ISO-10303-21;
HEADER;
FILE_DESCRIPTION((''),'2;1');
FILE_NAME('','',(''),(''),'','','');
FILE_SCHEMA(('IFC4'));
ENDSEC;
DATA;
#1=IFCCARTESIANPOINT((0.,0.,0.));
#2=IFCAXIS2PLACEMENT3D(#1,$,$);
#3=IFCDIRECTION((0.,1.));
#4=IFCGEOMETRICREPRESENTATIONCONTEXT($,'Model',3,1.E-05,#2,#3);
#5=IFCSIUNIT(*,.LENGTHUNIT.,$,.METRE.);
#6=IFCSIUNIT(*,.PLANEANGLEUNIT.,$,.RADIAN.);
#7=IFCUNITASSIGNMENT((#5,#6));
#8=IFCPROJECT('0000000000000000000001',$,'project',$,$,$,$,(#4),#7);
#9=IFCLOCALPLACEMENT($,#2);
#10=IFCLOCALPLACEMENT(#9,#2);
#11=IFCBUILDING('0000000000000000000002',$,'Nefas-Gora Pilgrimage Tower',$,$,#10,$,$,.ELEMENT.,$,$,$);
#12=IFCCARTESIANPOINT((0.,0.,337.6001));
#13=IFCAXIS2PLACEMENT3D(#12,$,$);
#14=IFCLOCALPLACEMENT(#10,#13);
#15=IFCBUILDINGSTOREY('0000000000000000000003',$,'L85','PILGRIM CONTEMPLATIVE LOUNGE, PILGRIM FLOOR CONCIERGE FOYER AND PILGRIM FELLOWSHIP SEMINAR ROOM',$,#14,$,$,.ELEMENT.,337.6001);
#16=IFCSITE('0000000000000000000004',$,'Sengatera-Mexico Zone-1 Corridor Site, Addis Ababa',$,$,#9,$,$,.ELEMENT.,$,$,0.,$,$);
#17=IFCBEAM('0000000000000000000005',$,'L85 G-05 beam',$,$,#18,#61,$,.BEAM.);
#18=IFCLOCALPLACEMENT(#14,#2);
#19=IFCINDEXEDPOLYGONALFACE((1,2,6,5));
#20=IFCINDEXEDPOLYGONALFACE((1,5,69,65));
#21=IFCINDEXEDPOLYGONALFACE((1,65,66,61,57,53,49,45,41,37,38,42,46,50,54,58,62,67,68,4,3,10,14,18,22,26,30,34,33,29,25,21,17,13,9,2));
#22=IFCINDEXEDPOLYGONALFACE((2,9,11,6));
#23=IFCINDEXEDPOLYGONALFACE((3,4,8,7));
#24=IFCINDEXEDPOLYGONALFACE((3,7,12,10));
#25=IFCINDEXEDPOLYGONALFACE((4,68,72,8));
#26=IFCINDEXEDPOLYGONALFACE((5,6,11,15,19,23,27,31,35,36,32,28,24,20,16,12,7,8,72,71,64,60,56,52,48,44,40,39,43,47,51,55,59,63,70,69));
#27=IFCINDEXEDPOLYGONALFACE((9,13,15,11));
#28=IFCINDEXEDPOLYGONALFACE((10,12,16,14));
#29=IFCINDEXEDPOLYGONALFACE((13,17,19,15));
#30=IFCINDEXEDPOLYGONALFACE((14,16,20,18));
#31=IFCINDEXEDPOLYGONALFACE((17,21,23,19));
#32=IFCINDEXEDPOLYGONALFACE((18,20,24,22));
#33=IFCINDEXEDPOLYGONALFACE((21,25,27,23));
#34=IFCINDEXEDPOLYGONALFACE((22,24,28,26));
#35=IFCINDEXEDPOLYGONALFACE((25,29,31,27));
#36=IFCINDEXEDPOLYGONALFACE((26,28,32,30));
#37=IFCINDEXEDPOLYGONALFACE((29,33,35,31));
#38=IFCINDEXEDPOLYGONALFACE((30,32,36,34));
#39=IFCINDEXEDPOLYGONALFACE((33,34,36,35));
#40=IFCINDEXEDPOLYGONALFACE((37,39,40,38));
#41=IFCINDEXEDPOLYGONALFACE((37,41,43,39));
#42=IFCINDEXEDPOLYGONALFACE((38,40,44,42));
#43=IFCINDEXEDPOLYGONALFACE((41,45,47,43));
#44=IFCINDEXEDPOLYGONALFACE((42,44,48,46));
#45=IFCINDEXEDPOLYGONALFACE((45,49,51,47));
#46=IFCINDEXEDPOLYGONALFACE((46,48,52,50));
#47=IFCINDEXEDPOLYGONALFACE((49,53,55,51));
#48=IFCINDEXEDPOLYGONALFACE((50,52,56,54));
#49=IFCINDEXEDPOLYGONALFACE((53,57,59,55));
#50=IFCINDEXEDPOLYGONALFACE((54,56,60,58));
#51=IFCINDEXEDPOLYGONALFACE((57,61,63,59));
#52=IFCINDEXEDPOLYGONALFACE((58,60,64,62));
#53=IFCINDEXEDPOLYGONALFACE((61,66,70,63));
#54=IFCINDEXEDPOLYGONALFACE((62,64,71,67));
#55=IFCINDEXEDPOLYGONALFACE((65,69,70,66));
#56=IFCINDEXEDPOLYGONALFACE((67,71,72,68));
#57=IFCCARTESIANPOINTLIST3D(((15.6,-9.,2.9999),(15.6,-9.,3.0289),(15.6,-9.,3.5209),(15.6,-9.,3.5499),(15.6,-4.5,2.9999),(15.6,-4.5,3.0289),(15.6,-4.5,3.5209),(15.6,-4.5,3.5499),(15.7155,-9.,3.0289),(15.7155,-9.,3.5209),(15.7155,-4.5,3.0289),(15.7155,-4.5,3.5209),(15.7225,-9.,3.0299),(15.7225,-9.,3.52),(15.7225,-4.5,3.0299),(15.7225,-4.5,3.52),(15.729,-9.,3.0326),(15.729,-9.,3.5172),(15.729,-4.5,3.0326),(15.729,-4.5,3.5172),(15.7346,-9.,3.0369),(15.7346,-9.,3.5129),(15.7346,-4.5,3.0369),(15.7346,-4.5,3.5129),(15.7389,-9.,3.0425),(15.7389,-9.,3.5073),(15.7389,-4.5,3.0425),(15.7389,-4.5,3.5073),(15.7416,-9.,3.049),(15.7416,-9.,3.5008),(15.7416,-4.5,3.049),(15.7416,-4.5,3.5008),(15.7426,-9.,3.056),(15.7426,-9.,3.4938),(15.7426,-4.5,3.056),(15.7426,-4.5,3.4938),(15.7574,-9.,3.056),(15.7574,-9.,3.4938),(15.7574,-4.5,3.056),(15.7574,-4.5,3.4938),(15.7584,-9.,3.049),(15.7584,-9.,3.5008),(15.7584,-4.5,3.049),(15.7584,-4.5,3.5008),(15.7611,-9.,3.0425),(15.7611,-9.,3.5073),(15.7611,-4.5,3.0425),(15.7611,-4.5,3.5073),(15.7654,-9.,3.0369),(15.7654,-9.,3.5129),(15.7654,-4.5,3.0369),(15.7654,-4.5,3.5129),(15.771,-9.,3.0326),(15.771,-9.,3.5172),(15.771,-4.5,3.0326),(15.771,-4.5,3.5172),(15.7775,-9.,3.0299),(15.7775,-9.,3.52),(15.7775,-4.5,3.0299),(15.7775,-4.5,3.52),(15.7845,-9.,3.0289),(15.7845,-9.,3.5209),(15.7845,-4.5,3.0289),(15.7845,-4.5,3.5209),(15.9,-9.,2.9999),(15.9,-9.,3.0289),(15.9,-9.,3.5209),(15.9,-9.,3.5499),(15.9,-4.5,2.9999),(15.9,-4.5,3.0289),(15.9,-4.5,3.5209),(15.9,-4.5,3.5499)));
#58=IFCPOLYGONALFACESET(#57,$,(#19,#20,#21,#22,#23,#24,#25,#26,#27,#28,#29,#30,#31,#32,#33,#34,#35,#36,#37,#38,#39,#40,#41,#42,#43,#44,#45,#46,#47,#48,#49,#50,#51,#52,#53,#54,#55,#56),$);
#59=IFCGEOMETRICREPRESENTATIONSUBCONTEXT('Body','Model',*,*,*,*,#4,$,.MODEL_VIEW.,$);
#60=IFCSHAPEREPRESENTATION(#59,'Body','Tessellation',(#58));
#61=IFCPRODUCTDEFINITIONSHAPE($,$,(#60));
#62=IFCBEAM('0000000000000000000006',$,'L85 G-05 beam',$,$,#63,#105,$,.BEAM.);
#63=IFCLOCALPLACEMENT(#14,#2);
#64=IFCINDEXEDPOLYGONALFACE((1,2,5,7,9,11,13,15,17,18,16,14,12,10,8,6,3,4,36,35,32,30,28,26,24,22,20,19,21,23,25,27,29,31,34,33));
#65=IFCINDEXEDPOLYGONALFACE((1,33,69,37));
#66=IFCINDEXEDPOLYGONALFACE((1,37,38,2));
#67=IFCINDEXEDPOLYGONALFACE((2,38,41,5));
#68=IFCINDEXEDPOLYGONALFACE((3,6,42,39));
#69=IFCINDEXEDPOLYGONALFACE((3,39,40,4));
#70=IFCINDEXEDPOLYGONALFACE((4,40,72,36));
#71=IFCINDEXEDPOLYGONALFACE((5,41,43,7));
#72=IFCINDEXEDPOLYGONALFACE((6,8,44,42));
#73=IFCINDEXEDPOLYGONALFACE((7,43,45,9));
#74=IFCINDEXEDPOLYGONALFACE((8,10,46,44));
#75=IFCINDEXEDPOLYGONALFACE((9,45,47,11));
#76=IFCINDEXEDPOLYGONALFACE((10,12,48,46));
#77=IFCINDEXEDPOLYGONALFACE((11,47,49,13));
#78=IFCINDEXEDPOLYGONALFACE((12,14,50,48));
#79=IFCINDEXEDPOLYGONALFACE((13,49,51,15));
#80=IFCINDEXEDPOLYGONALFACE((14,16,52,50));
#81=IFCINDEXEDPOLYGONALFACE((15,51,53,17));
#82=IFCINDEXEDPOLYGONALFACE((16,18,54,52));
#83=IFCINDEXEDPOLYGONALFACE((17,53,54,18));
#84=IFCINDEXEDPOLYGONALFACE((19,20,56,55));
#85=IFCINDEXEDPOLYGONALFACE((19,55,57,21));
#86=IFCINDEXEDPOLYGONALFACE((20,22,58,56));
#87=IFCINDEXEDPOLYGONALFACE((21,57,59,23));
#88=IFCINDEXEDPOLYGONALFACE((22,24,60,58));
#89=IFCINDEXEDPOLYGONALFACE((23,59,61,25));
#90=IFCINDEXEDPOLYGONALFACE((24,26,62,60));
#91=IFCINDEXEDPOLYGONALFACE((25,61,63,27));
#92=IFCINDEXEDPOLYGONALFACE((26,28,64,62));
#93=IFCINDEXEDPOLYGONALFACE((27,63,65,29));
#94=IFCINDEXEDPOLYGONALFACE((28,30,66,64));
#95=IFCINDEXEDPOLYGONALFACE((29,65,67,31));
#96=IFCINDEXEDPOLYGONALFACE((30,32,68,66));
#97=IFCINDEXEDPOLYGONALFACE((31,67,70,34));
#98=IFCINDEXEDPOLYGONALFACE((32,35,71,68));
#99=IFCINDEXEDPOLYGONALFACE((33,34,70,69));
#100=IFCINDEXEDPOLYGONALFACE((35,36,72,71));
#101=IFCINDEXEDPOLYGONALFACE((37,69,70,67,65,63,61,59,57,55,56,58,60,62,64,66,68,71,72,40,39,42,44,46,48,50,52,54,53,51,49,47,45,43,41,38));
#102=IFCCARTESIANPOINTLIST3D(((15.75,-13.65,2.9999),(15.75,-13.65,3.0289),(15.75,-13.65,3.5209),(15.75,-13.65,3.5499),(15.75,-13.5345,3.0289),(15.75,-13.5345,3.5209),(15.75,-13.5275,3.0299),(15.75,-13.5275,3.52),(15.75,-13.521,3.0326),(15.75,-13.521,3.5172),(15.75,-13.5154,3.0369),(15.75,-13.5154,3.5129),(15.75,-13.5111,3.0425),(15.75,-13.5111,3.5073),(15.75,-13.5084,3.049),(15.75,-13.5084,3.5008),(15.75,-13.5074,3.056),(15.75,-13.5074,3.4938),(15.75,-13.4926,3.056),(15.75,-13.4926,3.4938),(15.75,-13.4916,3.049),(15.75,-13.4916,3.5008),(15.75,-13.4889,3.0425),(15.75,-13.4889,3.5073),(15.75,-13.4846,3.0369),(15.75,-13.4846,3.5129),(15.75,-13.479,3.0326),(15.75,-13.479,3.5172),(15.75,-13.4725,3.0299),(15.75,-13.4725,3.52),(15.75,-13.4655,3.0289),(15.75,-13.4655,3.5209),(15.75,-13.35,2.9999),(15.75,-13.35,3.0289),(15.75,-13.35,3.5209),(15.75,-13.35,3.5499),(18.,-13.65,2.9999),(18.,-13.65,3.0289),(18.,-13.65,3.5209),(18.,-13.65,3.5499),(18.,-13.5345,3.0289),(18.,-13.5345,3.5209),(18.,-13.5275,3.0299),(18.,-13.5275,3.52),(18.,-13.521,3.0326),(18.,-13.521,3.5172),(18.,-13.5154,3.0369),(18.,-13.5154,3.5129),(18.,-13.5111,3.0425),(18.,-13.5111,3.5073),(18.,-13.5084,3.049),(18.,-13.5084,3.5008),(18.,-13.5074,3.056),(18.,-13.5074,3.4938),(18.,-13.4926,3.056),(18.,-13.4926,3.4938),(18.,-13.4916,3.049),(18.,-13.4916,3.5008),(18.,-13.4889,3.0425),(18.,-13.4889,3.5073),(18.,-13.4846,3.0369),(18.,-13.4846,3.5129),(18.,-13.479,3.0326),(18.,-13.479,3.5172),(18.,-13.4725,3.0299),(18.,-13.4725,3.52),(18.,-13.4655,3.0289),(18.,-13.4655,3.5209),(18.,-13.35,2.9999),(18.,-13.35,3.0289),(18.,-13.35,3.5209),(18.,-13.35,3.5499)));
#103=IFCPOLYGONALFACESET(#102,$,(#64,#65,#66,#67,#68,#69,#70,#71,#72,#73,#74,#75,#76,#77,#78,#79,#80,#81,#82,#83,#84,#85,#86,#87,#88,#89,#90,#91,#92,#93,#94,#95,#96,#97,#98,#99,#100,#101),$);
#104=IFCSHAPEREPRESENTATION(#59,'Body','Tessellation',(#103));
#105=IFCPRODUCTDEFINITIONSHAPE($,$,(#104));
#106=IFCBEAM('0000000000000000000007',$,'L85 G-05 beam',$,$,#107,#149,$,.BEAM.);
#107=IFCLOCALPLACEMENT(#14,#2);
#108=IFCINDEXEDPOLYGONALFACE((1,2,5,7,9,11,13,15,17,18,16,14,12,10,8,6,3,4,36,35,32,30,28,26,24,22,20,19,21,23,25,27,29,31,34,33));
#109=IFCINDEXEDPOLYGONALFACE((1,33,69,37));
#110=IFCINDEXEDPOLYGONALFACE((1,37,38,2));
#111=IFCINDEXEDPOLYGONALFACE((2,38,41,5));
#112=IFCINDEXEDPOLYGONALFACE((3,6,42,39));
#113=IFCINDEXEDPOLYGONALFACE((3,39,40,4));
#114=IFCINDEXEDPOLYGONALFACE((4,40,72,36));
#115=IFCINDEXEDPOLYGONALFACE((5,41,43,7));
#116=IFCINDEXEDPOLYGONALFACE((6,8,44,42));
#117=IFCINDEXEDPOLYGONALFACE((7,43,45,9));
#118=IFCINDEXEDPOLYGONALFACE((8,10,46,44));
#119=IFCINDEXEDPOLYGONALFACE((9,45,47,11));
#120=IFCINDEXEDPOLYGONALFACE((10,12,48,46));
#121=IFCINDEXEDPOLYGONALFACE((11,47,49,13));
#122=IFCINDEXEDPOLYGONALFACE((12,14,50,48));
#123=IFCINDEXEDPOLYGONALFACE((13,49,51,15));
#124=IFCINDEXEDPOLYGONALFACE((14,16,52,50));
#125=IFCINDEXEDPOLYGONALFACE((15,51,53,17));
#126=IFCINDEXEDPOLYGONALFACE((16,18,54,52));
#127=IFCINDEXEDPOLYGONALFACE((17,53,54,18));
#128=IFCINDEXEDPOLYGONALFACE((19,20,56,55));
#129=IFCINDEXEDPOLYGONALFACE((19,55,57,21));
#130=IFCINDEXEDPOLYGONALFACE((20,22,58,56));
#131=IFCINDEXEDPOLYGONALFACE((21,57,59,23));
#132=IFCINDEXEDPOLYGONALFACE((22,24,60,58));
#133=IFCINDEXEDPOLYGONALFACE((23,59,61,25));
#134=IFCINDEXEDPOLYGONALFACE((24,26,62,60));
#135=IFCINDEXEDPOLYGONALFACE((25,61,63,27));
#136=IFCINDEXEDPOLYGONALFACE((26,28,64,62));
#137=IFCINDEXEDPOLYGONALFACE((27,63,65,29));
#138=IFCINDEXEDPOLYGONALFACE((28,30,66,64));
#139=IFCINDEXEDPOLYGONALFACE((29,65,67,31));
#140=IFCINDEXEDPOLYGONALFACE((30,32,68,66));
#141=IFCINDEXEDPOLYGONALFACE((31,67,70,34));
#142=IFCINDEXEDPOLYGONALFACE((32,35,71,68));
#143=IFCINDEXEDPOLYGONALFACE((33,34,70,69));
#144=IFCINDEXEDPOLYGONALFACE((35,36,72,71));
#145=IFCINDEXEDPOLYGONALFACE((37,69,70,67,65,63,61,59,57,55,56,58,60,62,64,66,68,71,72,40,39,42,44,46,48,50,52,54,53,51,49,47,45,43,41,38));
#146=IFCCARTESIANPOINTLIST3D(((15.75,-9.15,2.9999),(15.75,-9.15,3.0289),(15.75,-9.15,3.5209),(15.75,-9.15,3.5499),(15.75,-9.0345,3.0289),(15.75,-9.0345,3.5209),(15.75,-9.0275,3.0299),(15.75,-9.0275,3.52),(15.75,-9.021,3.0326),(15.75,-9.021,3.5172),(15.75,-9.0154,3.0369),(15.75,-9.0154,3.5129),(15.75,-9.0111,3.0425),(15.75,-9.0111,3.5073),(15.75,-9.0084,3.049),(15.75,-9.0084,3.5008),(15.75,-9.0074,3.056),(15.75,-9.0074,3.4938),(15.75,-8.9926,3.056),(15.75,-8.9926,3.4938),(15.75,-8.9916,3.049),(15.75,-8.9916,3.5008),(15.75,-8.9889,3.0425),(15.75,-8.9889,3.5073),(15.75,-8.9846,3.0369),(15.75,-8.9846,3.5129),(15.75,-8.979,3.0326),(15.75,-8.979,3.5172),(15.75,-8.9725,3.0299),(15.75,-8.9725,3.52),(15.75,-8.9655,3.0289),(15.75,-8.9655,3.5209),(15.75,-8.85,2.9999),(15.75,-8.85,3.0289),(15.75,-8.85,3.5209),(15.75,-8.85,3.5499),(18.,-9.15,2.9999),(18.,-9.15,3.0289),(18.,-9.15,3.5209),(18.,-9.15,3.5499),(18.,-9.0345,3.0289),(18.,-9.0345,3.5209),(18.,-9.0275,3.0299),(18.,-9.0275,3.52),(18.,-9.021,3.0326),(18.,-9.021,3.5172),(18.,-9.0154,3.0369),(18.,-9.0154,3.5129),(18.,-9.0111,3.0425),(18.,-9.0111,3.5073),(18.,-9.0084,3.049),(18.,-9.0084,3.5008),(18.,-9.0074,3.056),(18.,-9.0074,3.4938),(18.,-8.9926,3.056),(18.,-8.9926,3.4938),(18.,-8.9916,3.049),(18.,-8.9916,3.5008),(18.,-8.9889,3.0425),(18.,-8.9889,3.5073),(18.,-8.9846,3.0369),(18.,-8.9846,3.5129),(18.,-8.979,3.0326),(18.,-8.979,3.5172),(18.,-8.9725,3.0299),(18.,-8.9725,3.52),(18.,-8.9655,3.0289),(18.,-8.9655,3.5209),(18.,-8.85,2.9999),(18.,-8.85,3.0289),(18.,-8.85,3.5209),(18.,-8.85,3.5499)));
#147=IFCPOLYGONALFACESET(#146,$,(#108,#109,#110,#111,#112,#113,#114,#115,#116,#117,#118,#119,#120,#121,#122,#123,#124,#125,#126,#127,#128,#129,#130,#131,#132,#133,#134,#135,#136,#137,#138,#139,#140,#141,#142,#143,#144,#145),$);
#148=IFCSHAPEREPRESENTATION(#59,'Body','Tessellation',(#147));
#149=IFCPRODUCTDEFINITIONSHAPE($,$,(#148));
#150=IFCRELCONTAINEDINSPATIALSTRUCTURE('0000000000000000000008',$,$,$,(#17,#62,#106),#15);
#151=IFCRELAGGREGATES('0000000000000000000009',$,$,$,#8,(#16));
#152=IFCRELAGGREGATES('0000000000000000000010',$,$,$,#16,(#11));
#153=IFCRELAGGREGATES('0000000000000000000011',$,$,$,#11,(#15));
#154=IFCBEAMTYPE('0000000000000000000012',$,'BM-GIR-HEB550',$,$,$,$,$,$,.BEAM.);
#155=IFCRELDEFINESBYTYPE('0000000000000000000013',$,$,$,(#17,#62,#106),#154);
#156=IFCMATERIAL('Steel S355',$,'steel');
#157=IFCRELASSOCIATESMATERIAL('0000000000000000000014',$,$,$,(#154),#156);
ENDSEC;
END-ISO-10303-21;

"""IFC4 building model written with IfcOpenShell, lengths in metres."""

from ifc_helpers import new_model, si_unit, direction, frame, origin, origin_2d, place, context, subcontext, project, spatial, i_section, extrude, source, transform, mapped, material, material_profile, profile_set, type_object, element, save


model = new_model("IFC4")

# Units and contexts
model_context = context("Model", 3, precision=1e-05, world=origin(), true_north=direction((0.0, 1.0)))
body_context = subcontext(model_context, "Body", "Model", "MODEL_VIEW")
ifc_project = project(units=[si_unit("LENGTHUNIT", "METRE"), si_unit("PLANEANGLEUNIT", "RADIAN")], contexts=[model_context])

# Site, building, storey
site_placement = place(None, origin())
site = spatial("IfcSite", under=ifc_project, at=site_placement, Name="Sengatera-Mexico Zone-1 Corridor Site, Addis Ababa", CompositionType="ELEMENT", RefElevation=0.0)
building_placement = place(site_placement, origin())
building = spatial("IfcBuilding", under=site, at=building_placement, Name="Nefas-Gora Pilgrimage Tower", CompositionType="ELEMENT")
storey_placement = place(building_placement, frame((0.0, 0.0, 337.6001)))
storey = spatial("IfcBuildingStorey", under=building, at=storey_placement, Name="L85", Description="PILGRIM CONTEMPLATIVE LOUNGE, PILGRIM FLOOR CONCIERGE FOYER AND PILGRIM FELLOWSHIP SEMINAR ROOM", CompositionType="ELEMENT", Elevation=337.6001)

# Shared definitions
ifc_material_1 = material(Name="Steel S355", Category="steel")

# Beams
ifc_material_profile_1 = material_profile(ifc_material_1, i_section(OverallWidth=0.3, OverallDepth=0.55, WebThickness=0.0149, FlangeThickness=0.0291, FilletRadius=0.0271, at=origin_2d()), Name="HEB 550")
ifc_profile_set_1 = profile_set([ifc_material_profile_1], Name="Steel S355")
beam_type_1 = type_object("IfcBeamType", Name="BM-GIR-HEB550", PredefinedType="BEAM", material=ifc_profile_set_1)
shared_shape_1 = source(origin(), body_context, "Body", "SweptSolid", [
    extrude(i_section(OverallWidth=0.3, OverallDepth=0.55, WebThickness=0.0149, FlangeThickness=0.0291, FilletRadius=0.0271, at=origin_2d()), origin(), (0.0, 0.0, 1.0), 4.5),
])
for number, where, z_axis, x_axis, name in (
    (1, (15.75, -9.0, 3.2749), (0.0, 1.0, 0.0), (-1.0, 0.0, 0.0), "L85 G-05 beam"),
):
    element("IfcBeam", number, at=place(storey_placement, frame(where, z_axis=z_axis, x_axis=x_axis)), inside=storey, type_object=beam_type_1, Name=name, PredefinedType="BEAM", context=body_context, shape_type="MappedRepresentation", body=[
        mapped(shared_shape_1, transform((0.0, 0.0, 0.0), x_axis=(1.0, 0.0, 0.0), y_axis=(0.0, 1.0, 0.0), z_axis=(0.0, 0.0, 1.0), scale=1.0)),
    ])
shared_shape_2 = source(origin(), body_context, "Body", "SweptSolid", [
    extrude(i_section(OverallWidth=0.3, OverallDepth=0.55, WebThickness=0.0149, FlangeThickness=0.0291, FilletRadius=0.0271, at=origin_2d()), origin(), (0.0, 0.0, 1.0), 2.25),
])
for number, where, z_axis, x_axis, name in (
    (2, (15.75, -13.5, 3.2749), (1.0, 0.0, 0.0), (0.0, 1.0, 0.0), "L85 G-05 beam"),
    (3, (15.75, -9.0, 3.2749), (1.0, 0.0, 0.0), (0.0, 1.0, 0.0), "L85 G-05 beam"),
):
    element("IfcBeam", number, at=place(storey_placement, frame(where, z_axis=z_axis, x_axis=x_axis)), inside=storey, type_object=beam_type_1, Name=name, PredefinedType="BEAM", context=body_context, shape_type="MappedRepresentation", body=[
        mapped(shared_shape_2, transform((0.0, 0.0, 0.0), x_axis=(1.0, 0.0, 0.0), y_axis=(0.0, 1.0, 0.0), z_axis=(0.0, 0.0, 1.0), scale=1.0)),
    ])

save(model, "model.ifc")
